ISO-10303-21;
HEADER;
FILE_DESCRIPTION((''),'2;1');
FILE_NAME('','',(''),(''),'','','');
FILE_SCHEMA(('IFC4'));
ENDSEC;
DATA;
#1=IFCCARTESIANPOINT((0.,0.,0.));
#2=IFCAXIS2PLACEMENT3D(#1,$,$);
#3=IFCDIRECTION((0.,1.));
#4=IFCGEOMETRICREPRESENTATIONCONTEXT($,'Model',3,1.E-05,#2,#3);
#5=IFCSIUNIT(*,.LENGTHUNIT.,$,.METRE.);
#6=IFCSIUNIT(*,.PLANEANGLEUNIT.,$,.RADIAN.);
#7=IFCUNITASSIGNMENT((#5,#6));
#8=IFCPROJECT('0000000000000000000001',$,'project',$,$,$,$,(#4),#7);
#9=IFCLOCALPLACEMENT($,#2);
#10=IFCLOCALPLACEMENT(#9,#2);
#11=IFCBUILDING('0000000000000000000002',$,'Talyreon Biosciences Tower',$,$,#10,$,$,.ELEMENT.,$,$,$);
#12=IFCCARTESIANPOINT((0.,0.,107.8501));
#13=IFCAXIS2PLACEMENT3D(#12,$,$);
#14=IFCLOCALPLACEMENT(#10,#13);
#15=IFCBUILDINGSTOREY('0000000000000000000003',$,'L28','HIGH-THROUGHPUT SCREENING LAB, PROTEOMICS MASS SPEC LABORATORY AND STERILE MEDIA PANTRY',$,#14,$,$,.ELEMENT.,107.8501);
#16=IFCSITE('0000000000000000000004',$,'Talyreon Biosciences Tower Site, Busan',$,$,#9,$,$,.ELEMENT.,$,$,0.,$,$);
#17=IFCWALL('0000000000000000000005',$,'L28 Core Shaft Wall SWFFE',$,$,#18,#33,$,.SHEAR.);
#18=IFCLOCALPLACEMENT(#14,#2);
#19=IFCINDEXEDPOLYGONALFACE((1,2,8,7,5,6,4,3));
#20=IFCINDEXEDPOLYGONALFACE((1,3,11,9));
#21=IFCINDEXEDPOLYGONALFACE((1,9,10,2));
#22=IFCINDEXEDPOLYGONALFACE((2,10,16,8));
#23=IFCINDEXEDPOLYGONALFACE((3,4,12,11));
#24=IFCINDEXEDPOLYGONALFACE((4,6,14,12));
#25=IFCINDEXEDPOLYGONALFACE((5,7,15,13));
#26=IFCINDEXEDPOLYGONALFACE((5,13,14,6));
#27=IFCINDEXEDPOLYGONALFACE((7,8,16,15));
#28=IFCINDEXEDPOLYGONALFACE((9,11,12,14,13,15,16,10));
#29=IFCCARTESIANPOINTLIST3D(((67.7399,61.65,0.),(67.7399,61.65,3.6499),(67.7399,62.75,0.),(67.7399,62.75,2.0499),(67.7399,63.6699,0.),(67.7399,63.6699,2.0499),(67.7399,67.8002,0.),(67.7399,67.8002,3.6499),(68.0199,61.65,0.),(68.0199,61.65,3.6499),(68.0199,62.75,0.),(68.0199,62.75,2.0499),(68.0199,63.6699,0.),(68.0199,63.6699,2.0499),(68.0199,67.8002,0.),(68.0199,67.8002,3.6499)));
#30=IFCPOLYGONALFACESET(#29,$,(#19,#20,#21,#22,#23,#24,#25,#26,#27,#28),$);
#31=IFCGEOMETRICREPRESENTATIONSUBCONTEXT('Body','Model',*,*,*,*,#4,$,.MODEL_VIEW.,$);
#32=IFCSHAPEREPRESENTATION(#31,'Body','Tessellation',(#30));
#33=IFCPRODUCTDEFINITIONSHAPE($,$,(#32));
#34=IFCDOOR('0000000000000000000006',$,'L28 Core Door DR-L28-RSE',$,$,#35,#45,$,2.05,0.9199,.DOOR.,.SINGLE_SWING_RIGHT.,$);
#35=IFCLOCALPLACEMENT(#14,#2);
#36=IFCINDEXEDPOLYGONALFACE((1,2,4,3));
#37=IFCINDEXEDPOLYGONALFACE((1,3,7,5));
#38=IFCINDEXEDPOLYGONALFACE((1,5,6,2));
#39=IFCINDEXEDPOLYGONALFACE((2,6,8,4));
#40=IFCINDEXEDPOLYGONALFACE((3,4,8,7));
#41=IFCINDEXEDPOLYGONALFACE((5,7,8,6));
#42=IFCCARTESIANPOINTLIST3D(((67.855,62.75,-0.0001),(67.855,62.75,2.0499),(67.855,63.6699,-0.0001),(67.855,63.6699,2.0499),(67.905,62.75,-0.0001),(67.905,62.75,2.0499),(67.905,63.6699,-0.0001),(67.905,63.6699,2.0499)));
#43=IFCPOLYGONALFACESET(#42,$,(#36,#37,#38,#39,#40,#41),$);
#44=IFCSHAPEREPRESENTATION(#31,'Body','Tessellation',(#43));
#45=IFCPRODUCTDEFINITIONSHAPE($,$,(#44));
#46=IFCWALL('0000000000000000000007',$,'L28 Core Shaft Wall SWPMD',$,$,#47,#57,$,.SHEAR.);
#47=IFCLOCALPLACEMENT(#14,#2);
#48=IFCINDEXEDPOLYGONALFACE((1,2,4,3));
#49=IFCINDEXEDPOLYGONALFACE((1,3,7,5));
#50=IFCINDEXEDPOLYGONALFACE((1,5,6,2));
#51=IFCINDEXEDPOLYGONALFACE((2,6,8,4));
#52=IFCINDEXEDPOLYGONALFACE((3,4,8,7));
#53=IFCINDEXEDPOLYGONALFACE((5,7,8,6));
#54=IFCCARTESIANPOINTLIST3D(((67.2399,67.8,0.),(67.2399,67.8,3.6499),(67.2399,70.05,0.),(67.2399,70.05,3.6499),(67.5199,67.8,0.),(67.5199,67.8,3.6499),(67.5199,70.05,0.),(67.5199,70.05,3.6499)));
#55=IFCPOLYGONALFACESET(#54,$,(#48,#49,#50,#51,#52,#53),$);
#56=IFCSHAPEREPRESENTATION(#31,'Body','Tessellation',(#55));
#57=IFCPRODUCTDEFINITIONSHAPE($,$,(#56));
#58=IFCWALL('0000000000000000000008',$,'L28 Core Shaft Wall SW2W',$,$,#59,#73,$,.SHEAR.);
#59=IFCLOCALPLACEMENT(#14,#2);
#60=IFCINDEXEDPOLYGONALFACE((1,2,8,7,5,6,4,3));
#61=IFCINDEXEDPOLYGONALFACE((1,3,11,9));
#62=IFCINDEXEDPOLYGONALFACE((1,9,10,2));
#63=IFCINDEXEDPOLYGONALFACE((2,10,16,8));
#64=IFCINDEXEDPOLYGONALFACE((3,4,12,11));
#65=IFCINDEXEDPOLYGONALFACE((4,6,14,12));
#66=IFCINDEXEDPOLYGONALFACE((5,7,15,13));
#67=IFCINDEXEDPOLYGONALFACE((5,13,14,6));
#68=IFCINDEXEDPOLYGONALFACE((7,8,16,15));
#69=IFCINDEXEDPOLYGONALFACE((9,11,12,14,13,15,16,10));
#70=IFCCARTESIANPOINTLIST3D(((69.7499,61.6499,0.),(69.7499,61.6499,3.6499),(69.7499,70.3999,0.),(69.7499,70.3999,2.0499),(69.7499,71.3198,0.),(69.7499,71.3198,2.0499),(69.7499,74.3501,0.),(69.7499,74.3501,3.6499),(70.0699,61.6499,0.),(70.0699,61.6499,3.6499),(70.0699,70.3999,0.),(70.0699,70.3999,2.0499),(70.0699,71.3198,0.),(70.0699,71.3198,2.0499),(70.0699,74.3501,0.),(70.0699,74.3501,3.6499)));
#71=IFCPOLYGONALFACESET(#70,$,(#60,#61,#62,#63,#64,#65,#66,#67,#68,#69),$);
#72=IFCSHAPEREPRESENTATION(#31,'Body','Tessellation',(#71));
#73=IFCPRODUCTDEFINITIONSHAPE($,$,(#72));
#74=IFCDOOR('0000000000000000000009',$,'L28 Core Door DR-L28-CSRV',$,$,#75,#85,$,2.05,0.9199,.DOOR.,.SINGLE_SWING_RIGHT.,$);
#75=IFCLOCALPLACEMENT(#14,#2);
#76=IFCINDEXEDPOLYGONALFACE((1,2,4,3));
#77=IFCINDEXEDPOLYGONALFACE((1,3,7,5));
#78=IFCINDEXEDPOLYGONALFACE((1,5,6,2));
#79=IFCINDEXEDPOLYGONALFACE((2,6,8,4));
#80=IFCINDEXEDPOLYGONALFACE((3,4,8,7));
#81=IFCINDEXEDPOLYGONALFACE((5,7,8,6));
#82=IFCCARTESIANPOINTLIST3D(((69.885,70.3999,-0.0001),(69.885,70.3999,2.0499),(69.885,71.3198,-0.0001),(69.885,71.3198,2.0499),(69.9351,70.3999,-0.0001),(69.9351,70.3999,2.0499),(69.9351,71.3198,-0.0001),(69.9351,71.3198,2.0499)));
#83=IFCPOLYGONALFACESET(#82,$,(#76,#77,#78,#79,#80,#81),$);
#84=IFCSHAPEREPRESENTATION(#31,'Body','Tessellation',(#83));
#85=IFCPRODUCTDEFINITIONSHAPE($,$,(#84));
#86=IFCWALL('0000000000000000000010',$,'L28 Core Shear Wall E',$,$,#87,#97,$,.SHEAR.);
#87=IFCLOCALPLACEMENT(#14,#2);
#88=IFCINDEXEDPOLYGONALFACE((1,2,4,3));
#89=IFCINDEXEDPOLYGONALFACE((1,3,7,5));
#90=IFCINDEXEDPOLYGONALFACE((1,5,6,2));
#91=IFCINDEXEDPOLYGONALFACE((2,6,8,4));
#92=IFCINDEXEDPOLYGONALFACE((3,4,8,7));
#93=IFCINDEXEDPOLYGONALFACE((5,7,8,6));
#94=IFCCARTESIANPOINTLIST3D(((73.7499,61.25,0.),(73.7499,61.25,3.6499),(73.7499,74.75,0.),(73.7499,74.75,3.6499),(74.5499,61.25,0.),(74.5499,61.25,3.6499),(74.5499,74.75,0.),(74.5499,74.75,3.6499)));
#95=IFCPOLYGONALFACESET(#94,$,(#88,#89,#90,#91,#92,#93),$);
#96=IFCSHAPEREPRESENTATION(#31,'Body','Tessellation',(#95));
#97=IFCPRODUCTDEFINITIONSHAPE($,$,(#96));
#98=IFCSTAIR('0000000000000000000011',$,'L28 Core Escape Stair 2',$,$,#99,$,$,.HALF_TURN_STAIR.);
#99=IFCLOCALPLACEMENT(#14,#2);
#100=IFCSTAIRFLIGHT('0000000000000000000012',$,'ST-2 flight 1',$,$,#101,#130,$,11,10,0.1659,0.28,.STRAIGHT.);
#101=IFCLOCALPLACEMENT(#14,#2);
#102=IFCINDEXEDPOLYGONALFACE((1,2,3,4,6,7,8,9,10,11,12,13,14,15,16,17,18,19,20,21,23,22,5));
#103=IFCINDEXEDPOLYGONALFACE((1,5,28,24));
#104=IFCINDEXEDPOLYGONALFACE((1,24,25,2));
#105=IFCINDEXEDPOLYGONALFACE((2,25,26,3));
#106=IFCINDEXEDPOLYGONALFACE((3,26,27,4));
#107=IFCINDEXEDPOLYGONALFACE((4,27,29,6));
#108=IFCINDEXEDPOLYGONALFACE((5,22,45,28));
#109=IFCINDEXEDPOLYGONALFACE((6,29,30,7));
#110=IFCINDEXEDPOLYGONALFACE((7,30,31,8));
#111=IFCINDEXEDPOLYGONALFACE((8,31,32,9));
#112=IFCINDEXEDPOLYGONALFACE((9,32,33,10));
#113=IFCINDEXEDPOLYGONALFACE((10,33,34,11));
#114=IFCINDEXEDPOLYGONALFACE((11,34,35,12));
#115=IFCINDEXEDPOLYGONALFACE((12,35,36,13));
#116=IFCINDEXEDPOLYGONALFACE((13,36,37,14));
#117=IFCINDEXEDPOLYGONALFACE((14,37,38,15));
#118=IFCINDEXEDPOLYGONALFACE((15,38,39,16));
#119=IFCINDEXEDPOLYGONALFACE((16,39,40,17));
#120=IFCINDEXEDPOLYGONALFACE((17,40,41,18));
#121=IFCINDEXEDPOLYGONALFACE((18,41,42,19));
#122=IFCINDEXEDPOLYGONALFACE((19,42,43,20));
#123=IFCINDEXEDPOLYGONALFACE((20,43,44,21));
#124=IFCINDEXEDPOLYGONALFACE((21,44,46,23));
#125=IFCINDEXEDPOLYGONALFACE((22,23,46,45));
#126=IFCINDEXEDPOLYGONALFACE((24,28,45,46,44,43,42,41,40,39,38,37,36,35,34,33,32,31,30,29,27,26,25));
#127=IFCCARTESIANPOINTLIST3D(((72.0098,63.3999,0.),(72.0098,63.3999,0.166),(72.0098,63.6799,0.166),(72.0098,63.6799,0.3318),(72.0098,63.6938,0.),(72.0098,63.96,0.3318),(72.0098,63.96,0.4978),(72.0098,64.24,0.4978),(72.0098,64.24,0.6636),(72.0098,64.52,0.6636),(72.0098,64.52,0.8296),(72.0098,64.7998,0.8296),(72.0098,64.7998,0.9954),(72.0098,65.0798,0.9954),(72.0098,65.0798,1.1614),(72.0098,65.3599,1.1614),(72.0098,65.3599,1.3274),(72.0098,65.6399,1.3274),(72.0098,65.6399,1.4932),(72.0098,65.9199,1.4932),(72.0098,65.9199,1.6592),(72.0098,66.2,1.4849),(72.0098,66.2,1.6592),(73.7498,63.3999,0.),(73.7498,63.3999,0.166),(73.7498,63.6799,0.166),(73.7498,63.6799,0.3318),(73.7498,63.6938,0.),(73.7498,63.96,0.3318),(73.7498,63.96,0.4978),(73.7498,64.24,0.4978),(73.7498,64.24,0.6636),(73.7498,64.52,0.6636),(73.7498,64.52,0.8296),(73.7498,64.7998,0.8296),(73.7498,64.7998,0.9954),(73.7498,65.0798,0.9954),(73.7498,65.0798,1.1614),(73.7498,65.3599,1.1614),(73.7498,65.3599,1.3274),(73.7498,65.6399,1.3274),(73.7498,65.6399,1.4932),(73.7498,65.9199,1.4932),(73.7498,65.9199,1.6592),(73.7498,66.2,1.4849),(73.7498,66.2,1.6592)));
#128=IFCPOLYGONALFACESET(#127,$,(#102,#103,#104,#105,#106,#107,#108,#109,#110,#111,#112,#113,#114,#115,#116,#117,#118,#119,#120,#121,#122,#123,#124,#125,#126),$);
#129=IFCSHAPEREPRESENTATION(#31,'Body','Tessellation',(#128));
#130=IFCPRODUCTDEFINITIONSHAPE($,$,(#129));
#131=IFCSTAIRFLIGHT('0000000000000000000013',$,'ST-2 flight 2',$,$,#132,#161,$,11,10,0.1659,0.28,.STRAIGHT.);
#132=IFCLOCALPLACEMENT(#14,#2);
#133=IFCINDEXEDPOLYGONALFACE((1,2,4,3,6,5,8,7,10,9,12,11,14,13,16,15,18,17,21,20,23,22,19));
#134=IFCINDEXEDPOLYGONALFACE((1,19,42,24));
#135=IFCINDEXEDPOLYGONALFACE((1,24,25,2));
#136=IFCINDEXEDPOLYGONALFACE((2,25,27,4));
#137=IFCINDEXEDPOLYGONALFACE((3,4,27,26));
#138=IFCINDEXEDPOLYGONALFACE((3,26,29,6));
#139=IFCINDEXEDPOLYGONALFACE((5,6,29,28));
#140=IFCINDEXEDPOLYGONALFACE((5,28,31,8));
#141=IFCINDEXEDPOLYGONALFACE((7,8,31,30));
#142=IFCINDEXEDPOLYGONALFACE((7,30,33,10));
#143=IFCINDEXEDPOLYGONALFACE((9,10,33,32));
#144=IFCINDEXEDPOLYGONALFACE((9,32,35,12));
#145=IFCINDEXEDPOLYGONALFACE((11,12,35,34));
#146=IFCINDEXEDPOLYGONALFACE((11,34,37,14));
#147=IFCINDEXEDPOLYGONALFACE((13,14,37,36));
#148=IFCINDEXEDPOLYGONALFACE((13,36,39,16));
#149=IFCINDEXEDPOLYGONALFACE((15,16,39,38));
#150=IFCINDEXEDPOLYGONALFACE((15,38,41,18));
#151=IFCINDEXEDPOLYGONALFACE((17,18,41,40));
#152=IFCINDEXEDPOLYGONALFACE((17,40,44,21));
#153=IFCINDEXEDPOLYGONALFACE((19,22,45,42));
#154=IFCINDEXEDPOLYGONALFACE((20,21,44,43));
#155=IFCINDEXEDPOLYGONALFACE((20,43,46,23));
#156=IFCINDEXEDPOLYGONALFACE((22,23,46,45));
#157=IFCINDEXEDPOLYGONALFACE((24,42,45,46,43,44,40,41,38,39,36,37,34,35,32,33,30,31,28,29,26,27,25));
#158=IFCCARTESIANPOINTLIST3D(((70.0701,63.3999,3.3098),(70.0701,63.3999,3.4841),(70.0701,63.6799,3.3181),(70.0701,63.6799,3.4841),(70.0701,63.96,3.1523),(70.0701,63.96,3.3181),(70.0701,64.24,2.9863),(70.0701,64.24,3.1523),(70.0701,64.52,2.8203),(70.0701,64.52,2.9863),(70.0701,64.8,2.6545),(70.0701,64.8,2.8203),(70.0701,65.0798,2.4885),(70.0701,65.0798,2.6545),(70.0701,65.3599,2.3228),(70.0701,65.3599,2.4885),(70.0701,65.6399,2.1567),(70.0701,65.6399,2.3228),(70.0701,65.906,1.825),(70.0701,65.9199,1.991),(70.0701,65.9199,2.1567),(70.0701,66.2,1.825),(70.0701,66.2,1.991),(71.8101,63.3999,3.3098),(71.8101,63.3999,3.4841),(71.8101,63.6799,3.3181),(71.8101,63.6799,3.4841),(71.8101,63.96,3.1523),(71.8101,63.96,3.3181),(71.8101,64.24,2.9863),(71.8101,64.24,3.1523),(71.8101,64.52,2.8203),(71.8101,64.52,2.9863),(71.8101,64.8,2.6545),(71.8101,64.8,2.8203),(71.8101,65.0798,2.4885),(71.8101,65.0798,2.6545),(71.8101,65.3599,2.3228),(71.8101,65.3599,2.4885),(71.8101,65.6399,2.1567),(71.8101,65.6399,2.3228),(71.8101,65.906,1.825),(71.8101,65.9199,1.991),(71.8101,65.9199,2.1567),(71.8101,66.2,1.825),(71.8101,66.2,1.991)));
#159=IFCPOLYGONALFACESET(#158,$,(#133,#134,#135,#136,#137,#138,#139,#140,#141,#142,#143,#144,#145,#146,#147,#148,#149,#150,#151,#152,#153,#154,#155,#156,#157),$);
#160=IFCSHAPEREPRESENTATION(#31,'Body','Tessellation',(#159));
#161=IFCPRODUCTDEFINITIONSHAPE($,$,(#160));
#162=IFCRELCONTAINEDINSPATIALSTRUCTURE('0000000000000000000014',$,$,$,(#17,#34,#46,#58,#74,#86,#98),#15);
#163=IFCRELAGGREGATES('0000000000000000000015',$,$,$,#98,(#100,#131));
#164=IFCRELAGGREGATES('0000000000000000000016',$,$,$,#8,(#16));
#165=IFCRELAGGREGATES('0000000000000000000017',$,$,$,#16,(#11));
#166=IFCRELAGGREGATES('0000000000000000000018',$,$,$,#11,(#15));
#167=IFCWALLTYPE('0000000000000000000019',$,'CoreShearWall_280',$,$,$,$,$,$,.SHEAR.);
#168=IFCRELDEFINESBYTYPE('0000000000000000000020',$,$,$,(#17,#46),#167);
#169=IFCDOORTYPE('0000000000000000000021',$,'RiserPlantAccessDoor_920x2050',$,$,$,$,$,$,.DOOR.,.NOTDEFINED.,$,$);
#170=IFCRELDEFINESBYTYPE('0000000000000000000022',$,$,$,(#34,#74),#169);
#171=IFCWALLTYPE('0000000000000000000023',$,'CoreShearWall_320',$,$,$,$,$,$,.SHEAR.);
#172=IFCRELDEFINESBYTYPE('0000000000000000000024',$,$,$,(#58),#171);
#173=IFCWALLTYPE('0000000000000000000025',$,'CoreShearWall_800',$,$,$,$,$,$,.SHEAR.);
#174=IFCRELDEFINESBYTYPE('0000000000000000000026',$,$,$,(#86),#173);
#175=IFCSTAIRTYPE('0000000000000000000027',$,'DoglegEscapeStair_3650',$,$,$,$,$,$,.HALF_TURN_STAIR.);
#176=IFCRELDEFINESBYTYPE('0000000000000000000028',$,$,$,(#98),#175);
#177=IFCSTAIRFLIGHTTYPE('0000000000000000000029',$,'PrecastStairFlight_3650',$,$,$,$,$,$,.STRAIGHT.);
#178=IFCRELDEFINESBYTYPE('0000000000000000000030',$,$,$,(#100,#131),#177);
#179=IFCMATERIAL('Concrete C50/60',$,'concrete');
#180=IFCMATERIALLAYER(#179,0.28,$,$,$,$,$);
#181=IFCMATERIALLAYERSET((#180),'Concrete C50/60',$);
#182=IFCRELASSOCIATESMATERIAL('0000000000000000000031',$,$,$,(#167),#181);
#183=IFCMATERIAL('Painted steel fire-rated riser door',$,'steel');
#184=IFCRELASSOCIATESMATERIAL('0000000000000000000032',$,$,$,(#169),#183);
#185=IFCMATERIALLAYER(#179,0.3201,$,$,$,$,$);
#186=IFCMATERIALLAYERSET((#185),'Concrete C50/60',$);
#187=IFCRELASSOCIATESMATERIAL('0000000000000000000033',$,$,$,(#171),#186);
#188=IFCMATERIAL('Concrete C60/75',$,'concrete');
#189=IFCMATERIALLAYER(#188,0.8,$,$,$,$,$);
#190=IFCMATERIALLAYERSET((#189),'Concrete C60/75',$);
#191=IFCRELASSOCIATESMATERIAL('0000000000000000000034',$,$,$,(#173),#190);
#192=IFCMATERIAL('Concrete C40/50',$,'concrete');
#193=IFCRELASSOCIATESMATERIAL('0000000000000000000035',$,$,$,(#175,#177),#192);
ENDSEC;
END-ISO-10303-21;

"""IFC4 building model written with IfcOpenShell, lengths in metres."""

from ifc_helpers import new_model, si_unit, direction, frame, frame_2d, origin, place, context, subcontext, project, spatial, polyline, rectangle, outline, extrude, material, layer, layer_set, type_object, element, fill, aggregate, save


model = new_model("IFC4")

# Units and contexts
model_context = context("Model", 3, precision=1e-05, world=origin(), true_north=direction((0.0, 1.0)))
body_context = subcontext(model_context, "Body", "Model", "MODEL_VIEW")
ifc_project = project(units=[si_unit("LENGTHUNIT", "METRE"), si_unit("PLANEANGLEUNIT", "RADIAN")], contexts=[model_context])

# Site, building, storey
site_placement = place(None, origin())
site = spatial("IfcSite", under=ifc_project, at=site_placement, Name="Talyreon Biosciences Tower Site, Busan", CompositionType="ELEMENT", RefElevation=0.0)
building_placement = place(site_placement, origin())
building = spatial("IfcBuilding", under=site, at=building_placement, Name="Talyreon Biosciences Tower", CompositionType="ELEMENT")
storey_placement = place(building_placement, frame((0.0, 0.0, 107.8501)))
storey = spatial("IfcBuildingStorey", under=building, at=storey_placement, Name="L28", Description="HIGH-THROUGHPUT SCREENING LAB, PROTEOMICS MASS SPEC LABORATORY AND STERILE MEDIA PANTRY", CompositionType="ELEMENT", Elevation=107.8501)

# Shared definitions
ifc_material_1 = material(Name="Concrete C60/75", Category="concrete")
ifc_material_2 = material(Name="Concrete C50/60", Category="concrete")

# Wall, opening, door
ifc_layer_1 = layer(ifc_material_2, 0.28)
ifc_layer_set_1 = layer_set([ifc_layer_1], Name="Concrete C50/60")
wall_type_1 = type_object("IfcWallType", Name="CoreShearWall_280", PredefinedType="SHEAR", material=ifc_layer_set_1)
wall_1_placement = place(storey_placement, frame((67.8799, 61.6499, 0.0), z_axis=(0.0, 0.0, 1.0), x_axis=(0.0, 1.0, 0.0)))
wall_1 = element("IfcWall", 1, at=wall_1_placement, inside=storey, type_object=wall_type_1, Name="L28 Core Shaft Wall SWFFE", PredefinedType="SHEAR", context=body_context, shape_type="SweptSolid", body=[
    extrude(rectangle(XDim=6.1501, YDim=0.28, at=frame_2d((3.0752, 0.0))), origin(), (0.0, 0.0, 1.0), 3.6499),
])
opening_1_placement = place(wall_1_placement, frame((1.1001, 0.0, 0.0)))
opening_1 = element("IfcOpeningElement", 2, at=opening_1_placement, cuts=wall_1, PredefinedType="OPENING", context=body_context, shape_type="SweptSolid", body=[
    extrude(rectangle(XDim=0.9199, YDim=2.05, at=frame_2d((0.46, 1.0249))), frame((0.0, 0.1499, 0.0), z_axis=(0.0, -1.0, 0.0), x_axis=(1.0, 0.0, 0.0)), (0.0, 0.0, 1.0), 0.3),
])
ifc_material_3 = material(Name="Painted steel fire-rated riser door", Category="steel")
door_type = type_object("IfcDoorType", Name="RiserPlantAccessDoor_920x2050", OperationType="NOTDEFINED", PredefinedType="DOOR", material=ifc_material_3)
door_1_placement = place(opening_1_placement, origin())
door_1 = element("IfcDoor", 3, at=door_1_placement, inside=storey, type_object=door_type, Name="L28 Core Door DR-L28-RSE", OperationType="SINGLE_SWING_RIGHT", OverallHeight=2.05, OverallWidth=0.9199, PredefinedType="DOOR", context=body_context, shape_type="SweptSolid", body=[
    extrude(rectangle(XDim=0.9199, YDim=2.05, at=frame_2d((0.46, 1.0249))), frame((0.0, 0.0249, 0.0), z_axis=(0.0, -1.0, 0.0), x_axis=(1.0, 0.0, 0.0)), (0.0, 0.0, 1.0), 0.05),
])
fill(opening_1, door_1)

# Wall
wall_2_placement = place(storey_placement, frame((67.3799, 67.8, 0.0), z_axis=(0.0, 0.0, 1.0), x_axis=(0.0, 1.0, 0.0)))
element("IfcWall", 4, at=wall_2_placement, inside=storey, type_object=wall_type_1, Name="L28 Core Shaft Wall SWPMD", PredefinedType="SHEAR", context=body_context, shape_type="SweptSolid", body=[
    extrude(rectangle(XDim=2.25, YDim=0.28, at=frame_2d((1.125, 0.0))), origin(), (0.0, 0.0, 1.0), 3.6499),
])

# Wall, opening, door
ifc_layer_2 = layer(ifc_material_2, 0.3201)
ifc_layer_set_2 = layer_set([ifc_layer_2], Name="Concrete C50/60")
wall_type_2 = type_object("IfcWallType", Name="CoreShearWall_320", PredefinedType="SHEAR", material=ifc_layer_set_2)
wall_3_placement = place(storey_placement, frame((69.9099, 61.6499, 0.0), z_axis=(0.0, 0.0, 1.0), x_axis=(0.0, 1.0, 0.0)))
wall_3 = element("IfcWall", 5, at=wall_3_placement, inside=storey, type_object=wall_type_2, Name="L28 Core Shaft Wall SW2W", PredefinedType="SHEAR", context=body_context, shape_type="SweptSolid", body=[
    extrude(rectangle(XDim=12.7002, YDim=0.3201, at=frame_2d((6.3501, 0.0))), origin(), (0.0, 0.0, 1.0), 3.6499),
])
opening_2_placement = place(wall_3_placement, frame((8.75, 0.0, 0.0)))
opening_2 = element("IfcOpeningElement", 6, at=opening_2_placement, cuts=wall_3, PredefinedType="OPENING", context=body_context, shape_type="SweptSolid", body=[
    extrude(rectangle(XDim=0.9199, YDim=2.05, at=frame_2d((0.46, 1.0249))), frame((0.0, 0.1699, 0.0), z_axis=(0.0, -1.0, 0.0), x_axis=(1.0, 0.0, 0.0)), (0.0, 0.0, 1.0), 0.3401),
])
door_2_placement = place(opening_2_placement, origin())
door_2 = element("IfcDoor", 7, at=door_2_placement, inside=storey, type_object=door_type, Name="L28 Core Door DR-L28-CSRV", OperationType="SINGLE_SWING_RIGHT", OverallHeight=2.05, OverallWidth=0.9199, PredefinedType="DOOR", context=body_context, shape_type="SweptSolid", body=[
    extrude(rectangle(XDim=0.9199, YDim=2.05, at=frame_2d((0.46, 1.0249))), frame((0.0, 0.0249, 0.0), z_axis=(0.0, -1.0, 0.0), x_axis=(1.0, 0.0, 0.0)), (0.0, 0.0, 1.0), 0.05),
])
fill(opening_2, door_2)

# Wall
ifc_layer_3 = layer(ifc_material_1, 0.8)
ifc_layer_set_3 = layer_set([ifc_layer_3], Name="Concrete C60/75")
wall_type_3 = type_object("IfcWallType", Name="CoreShearWall_800", PredefinedType="SHEAR", material=ifc_layer_set_3)
wall_4_placement = place(storey_placement, frame((74.1499, 61.25, 0.0), z_axis=(0.0, 0.0, 1.0), x_axis=(0.0, 1.0, 0.0)))
element("IfcWall", 8, at=wall_4_placement, inside=storey, type_object=wall_type_3, Name="L28 Core Shear Wall E", PredefinedType="SHEAR", context=body_context, shape_type="SweptSolid", body=[
    extrude(rectangle(XDim=13.5, YDim=0.8, at=frame_2d((6.75, 0.0))), origin(), (0.0, 0.0, 1.0), 3.6499),
])

# Stair, stair flights
ifc_material_4 = material(Name="Concrete C40/50", Category="concrete")
stair_type = type_object("IfcStairType", Name="DoglegEscapeStair_3650", PredefinedType="HALF_TURN_STAIR", material=ifc_material_4)
stair_placement = place(storey_placement, origin())
stair = element("IfcStair", 9, at=stair_placement, inside=storey, type_object=stair_type, Name="L28 Core Escape Stair 2", PredefinedType="HALF_TURN_STAIR")
stair_flight_type = type_object("IfcStairFlightType", Name="PrecastStairFlight_3650", PredefinedType="STRAIGHT", material=ifc_material_4)
stair_flight_1_placement = place(storey_placement, frame((72.8799, 63.3999, 0.0), z_axis=(0.0, 0.0, 1.0), x_axis=(0.0, 1.0, 0.0)))
stair_flight_1 = element("IfcStairFlight", 10, at=stair_flight_1_placement, type_object=stair_flight_type, Name="ST-2 flight 1", NumberOfRisers=11, NumberOfTreads=10, PredefinedType="STRAIGHT", RiserHeight=0.1659, TreadLength=0.28, context=body_context, shape_type="SweptSolid", body=[
    extrude(outline(polyline([(0.0, 0.0), (0.0, 0.166), (0.28, 0.166), (0.28, 0.3318), (0.5601, 0.3318), (0.5601, 0.4978), (0.8401, 0.4978), (0.8401, 0.6636), (1.1201, 0.6636), (1.1201, 0.8296), (1.3999, 0.8296), (1.3999, 0.9954), (1.6799, 0.9954), (1.6799, 1.1614), (1.96, 1.1614), (1.96, 1.3274), (2.24, 1.3274), (2.24, 1.4932), (2.52, 1.4932), (2.52, 1.6592), (2.8, 1.6592), (2.8, 1.825), (2.8, 1.4849), (0.2939, 0.0), (0.0, 0.0)])), frame((0.0, 0.8701, 0.0), z_axis=(0.0, -1.0, 0.0), x_axis=(1.0, 0.0, 0.0)), (0.0, 0.0, 1.0), 1.74),
])
stair_flight_2_placement = place(storey_placement, frame((70.9399, 66.2, 1.825), z_axis=(0.0, 0.0, 1.0), x_axis=(0.0, -1.0, 0.0)))
stair_flight_2 = element("IfcStairFlight", 11, at=stair_flight_2_placement, type_object=stair_flight_type, Name="ST-2 flight 2", NumberOfRisers=11, NumberOfTreads=10, PredefinedType="STRAIGHT", RiserHeight=0.1659, TreadLength=0.28, context=body_context, shape_type="SweptSolid", body=[
    extrude(outline(polyline([(0.0, 0.0), (0.0, 0.166), (0.28, 0.166), (0.28, 0.3318), (0.5601, 0.3318), (0.5601, 0.4978), (0.8401, 0.4978), (0.8401, 0.6636), (1.1201, 0.6636), (1.1201, 0.8296), (1.3999, 0.8296), (1.3999, 0.9954), (1.6799, 0.9954), (1.6799, 1.1614), (1.96, 1.1614), (1.96, 1.3274), (2.24, 1.3274), (2.24, 1.4932), (2.52, 1.4932), (2.52, 1.6592), (2.8, 1.6592), (2.8, 1.825), (2.8, 1.4849), (0.2939, 0.0), (0.0, 0.0)])), frame((0.0, 0.8701, 0.0), z_axis=(0.0, -1.0, 0.0), x_axis=(1.0, 0.0, 0.0)), (0.0, 0.0, 1.0), 1.74),
])
aggregate(stair, [stair_flight_1, stair_flight_2])

save(model, "model.ifc")
